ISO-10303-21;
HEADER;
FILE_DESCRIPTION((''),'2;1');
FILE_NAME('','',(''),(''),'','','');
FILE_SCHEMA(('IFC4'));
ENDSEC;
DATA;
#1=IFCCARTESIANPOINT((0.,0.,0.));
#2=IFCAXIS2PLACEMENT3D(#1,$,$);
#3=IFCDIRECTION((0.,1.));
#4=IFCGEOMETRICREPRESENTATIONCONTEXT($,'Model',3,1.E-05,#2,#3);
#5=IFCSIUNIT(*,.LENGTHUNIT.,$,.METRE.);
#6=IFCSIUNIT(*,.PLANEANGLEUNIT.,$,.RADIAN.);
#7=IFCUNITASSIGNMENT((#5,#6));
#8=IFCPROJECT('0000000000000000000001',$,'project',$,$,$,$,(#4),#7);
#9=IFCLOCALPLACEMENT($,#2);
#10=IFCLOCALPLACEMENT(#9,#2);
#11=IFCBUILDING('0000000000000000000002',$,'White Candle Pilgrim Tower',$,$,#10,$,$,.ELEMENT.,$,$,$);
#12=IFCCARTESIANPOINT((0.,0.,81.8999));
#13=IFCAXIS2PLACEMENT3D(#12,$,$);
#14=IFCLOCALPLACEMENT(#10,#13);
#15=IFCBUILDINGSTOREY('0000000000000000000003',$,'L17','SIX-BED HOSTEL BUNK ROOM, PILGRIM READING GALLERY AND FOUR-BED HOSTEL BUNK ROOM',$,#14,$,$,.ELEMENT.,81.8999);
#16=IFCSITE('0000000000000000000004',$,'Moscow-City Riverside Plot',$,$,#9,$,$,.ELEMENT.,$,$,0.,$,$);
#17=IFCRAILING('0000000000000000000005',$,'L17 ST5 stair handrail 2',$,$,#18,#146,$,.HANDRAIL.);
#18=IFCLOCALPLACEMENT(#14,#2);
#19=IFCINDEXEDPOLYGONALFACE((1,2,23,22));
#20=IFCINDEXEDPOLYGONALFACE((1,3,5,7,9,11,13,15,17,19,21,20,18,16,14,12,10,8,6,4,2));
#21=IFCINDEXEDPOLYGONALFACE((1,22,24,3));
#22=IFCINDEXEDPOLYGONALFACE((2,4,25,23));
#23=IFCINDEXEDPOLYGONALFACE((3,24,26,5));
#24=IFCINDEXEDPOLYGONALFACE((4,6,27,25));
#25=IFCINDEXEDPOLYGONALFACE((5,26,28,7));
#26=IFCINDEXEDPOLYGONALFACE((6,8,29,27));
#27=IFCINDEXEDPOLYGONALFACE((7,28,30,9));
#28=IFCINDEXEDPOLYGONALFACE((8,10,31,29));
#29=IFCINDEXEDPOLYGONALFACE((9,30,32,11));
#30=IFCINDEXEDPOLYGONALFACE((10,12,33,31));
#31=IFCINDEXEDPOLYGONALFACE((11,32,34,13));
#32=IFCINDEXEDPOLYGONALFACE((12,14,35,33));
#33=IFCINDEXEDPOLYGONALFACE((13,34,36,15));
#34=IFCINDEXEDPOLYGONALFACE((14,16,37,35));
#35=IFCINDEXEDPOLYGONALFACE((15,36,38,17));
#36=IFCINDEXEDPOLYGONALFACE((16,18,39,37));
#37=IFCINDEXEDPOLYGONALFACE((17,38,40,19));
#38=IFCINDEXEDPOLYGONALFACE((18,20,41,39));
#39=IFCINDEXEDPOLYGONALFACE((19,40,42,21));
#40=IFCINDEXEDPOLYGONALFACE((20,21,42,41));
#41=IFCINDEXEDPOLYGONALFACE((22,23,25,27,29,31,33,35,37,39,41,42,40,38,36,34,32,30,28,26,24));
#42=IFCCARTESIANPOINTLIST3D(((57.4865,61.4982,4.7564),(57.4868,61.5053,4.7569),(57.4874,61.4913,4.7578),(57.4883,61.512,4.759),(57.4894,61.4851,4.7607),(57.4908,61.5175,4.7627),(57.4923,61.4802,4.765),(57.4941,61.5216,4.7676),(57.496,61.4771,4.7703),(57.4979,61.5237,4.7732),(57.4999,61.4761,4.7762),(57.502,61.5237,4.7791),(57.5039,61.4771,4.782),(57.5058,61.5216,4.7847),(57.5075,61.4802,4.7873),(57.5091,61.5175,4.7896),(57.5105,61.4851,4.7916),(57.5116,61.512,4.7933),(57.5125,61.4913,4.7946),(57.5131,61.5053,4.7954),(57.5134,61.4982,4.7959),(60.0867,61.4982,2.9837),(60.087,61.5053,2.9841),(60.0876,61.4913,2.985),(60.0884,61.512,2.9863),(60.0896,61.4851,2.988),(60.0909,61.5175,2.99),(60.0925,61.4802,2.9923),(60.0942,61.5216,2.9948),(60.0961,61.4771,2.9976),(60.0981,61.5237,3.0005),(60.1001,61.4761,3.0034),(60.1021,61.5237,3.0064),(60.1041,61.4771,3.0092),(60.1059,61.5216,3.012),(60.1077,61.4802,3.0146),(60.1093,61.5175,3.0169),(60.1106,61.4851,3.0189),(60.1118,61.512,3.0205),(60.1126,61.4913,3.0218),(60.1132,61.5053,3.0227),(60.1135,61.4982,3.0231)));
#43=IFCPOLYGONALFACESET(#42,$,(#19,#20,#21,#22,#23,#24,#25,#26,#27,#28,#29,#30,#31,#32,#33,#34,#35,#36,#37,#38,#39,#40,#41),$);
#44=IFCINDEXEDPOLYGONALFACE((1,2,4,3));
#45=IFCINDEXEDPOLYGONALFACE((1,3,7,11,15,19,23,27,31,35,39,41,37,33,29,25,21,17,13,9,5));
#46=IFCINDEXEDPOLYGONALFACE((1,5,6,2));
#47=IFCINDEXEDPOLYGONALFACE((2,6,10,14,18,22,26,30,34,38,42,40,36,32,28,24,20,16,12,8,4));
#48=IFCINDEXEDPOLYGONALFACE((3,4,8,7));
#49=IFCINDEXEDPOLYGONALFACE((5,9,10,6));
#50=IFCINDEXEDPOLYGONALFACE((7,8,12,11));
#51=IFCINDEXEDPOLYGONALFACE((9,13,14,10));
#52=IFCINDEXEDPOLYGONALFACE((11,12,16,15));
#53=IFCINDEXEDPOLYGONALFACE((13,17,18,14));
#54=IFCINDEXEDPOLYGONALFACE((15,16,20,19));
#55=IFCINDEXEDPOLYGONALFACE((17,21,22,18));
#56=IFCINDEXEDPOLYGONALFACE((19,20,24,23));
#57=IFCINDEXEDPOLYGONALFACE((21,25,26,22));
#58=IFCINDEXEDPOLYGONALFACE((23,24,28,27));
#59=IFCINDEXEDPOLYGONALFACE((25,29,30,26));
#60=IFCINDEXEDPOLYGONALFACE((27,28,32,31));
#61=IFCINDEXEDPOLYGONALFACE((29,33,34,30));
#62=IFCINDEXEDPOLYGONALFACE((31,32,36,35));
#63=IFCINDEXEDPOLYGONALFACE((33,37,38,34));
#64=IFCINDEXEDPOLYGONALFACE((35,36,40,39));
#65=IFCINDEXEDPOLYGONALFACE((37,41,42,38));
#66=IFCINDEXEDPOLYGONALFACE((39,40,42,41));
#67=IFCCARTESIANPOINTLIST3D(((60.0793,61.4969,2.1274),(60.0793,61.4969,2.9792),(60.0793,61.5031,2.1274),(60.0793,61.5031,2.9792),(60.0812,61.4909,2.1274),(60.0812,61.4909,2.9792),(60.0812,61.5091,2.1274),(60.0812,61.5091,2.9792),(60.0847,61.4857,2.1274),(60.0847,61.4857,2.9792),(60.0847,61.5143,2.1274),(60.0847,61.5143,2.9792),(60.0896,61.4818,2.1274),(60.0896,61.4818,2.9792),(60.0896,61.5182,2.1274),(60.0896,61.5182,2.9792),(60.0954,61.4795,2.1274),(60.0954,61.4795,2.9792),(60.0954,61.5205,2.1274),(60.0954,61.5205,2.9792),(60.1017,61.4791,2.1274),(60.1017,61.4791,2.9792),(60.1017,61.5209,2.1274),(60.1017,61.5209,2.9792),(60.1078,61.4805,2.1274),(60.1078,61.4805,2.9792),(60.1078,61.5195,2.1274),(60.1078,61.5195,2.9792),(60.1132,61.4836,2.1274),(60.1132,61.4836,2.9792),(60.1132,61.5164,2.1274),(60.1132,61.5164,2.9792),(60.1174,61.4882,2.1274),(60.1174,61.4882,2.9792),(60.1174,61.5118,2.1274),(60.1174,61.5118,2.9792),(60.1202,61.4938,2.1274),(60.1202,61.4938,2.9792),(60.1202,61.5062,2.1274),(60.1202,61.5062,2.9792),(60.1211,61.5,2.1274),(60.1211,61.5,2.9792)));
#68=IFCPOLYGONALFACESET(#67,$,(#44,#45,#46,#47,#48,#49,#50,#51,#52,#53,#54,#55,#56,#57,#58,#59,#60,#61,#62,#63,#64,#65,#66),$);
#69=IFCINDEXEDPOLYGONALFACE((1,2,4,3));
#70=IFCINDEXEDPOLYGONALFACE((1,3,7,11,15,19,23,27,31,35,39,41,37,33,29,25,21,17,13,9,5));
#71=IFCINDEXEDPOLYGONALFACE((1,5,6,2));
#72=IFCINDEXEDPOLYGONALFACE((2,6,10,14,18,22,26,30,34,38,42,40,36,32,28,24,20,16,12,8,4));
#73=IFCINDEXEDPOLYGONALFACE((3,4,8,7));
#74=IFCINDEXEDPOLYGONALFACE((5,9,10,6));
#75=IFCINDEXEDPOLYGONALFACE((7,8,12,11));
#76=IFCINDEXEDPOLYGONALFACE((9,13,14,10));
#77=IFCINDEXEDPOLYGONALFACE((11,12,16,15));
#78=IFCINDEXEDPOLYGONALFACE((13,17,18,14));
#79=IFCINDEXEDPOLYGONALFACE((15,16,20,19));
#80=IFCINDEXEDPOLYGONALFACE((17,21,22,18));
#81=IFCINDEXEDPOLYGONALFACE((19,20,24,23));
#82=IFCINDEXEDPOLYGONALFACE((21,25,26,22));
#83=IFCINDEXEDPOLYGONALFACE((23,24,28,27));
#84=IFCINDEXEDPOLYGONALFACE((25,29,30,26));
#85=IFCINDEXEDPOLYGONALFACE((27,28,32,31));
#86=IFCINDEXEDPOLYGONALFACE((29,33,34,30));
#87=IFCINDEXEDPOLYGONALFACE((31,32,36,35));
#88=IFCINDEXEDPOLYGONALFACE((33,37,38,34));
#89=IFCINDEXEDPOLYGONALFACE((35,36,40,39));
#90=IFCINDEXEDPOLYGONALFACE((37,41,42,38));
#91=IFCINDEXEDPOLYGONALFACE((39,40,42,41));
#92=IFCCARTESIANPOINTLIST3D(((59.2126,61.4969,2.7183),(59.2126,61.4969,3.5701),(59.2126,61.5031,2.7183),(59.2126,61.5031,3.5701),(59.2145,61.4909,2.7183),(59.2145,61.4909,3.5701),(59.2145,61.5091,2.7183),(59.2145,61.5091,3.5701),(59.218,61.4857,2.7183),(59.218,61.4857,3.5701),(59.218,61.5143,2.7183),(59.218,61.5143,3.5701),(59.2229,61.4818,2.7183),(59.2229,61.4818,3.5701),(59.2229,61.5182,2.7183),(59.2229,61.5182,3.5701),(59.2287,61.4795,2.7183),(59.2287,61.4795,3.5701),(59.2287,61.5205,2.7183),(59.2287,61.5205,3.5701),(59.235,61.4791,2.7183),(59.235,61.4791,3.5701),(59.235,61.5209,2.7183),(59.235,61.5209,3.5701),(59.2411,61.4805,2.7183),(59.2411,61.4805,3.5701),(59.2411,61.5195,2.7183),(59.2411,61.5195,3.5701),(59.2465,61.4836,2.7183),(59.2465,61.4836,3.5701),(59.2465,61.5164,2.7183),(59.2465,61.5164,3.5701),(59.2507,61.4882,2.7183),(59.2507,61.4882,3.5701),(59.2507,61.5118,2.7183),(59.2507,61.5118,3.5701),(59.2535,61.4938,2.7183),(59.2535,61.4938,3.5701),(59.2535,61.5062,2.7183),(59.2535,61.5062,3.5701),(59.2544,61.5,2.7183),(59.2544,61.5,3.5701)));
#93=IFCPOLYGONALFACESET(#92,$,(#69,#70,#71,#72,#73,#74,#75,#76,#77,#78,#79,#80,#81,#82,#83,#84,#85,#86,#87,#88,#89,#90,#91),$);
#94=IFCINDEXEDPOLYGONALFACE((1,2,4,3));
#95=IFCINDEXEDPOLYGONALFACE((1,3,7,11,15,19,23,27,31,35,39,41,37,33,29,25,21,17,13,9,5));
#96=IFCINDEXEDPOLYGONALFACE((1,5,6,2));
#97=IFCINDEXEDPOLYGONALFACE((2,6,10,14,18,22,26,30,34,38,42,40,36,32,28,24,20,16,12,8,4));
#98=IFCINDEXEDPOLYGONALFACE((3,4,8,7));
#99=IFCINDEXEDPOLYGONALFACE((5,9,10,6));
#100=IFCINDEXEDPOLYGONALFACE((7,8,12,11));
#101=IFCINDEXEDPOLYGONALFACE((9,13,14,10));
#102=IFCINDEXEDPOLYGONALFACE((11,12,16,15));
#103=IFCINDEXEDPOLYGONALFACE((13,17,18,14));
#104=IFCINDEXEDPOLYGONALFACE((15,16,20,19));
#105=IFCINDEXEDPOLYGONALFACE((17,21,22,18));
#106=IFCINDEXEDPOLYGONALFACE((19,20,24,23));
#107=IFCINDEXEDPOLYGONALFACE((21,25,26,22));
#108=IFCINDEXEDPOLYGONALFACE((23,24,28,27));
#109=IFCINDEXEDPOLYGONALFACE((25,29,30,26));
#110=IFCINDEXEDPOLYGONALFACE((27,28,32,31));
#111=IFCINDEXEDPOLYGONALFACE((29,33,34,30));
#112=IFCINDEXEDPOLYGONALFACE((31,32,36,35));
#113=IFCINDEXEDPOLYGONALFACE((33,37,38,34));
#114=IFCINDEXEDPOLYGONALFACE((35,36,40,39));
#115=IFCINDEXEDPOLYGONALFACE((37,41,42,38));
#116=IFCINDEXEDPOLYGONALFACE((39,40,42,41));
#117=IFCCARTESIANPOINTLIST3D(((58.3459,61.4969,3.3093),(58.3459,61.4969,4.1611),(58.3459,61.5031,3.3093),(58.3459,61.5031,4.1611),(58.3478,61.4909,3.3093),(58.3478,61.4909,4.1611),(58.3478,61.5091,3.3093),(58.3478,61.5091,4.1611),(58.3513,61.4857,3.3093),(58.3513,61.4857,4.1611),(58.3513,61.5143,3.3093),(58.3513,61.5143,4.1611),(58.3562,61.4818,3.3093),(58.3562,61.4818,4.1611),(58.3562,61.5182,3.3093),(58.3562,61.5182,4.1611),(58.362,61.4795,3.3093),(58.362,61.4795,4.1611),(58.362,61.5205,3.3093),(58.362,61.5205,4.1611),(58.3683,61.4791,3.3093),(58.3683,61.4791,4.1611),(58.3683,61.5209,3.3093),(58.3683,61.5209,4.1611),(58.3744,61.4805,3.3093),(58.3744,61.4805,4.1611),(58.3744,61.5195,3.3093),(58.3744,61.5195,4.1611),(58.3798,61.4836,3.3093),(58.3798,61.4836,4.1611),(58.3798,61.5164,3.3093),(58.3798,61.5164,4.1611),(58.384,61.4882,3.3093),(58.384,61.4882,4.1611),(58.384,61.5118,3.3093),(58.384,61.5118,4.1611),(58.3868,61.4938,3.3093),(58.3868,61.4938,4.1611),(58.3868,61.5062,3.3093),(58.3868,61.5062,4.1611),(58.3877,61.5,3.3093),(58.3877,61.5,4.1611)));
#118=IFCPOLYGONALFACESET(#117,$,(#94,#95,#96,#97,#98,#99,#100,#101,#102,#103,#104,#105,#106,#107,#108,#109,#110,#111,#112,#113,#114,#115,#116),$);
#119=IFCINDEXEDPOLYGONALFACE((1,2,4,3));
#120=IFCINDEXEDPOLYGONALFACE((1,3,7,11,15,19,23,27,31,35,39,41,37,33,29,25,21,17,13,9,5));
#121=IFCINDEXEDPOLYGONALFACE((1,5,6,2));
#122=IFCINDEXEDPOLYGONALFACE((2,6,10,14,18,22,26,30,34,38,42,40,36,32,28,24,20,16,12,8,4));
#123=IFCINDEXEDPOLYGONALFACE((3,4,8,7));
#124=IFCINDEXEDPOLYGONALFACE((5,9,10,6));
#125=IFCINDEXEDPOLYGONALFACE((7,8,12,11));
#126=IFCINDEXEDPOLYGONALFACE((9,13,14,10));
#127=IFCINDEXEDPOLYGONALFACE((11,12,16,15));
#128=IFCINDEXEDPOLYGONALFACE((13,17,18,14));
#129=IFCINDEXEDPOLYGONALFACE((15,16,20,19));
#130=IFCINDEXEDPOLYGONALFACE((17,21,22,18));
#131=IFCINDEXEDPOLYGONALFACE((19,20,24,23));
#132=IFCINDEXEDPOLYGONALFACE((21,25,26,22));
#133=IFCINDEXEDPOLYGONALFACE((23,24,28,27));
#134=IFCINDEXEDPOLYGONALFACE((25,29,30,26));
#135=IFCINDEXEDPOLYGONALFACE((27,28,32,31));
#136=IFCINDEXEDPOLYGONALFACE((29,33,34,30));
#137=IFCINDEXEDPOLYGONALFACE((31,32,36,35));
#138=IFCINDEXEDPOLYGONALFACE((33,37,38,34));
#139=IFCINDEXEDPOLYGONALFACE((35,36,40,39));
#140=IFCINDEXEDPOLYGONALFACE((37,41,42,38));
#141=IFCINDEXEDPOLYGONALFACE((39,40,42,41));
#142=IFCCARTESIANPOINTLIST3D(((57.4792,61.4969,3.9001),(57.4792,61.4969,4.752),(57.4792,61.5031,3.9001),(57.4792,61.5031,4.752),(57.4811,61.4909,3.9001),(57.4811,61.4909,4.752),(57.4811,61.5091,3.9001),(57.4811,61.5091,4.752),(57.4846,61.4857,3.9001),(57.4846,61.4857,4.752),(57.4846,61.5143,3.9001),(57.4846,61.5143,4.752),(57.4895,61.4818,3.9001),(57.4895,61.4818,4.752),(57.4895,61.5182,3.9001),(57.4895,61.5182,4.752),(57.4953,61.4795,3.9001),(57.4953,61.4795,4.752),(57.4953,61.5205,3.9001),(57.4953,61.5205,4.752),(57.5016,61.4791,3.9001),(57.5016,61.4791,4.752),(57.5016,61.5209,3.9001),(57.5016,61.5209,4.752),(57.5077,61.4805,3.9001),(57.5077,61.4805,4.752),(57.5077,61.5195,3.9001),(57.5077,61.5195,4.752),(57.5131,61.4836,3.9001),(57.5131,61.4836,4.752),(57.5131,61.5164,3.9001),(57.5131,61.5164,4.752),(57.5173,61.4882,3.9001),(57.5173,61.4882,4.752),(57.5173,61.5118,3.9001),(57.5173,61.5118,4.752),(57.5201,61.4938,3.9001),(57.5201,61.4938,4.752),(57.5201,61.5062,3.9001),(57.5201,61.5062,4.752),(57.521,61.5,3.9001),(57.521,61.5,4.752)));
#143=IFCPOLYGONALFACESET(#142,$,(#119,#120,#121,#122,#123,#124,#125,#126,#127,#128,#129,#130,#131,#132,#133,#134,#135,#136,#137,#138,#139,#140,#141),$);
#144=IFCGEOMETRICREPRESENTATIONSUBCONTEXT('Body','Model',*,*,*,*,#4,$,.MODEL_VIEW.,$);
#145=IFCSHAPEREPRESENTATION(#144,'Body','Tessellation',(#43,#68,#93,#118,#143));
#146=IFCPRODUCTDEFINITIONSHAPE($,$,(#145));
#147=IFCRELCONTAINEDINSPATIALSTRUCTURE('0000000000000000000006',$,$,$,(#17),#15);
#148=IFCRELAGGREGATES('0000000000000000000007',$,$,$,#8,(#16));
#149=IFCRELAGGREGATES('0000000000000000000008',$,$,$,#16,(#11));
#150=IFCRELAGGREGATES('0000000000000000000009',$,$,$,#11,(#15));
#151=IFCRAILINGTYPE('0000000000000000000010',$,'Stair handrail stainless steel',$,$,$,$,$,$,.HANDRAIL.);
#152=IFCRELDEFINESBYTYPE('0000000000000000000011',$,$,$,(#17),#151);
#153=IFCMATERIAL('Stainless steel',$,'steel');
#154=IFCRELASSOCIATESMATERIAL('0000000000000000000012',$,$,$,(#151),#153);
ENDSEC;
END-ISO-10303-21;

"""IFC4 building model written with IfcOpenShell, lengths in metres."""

from ifc_helpers import new_model, si_unit, direction, frame, origin, origin_2d, place, context, subcontext, project, spatial, circle, extrude, material, type_object, element, save


model = new_model("IFC4")

# Units and contexts
model_context = context("Model", 3, precision=1e-05, world=origin(), true_north=direction((0.0, 1.0)))
body_context = subcontext(model_context, "Body", "Model", "MODEL_VIEW")
ifc_project = project(units=[si_unit("LENGTHUNIT", "METRE"), si_unit("PLANEANGLEUNIT", "RADIAN")], contexts=[model_context])

# Site, building, storey
site_placement = place(None, origin())
site = spatial("IfcSite", under=ifc_project, at=site_placement, Name="Moscow-City Riverside Plot", CompositionType="ELEMENT", RefElevation=0.0)
building_placement = place(site_placement, origin())
building = spatial("IfcBuilding", under=site, at=building_placement, Name="White Candle Pilgrim Tower", CompositionType="ELEMENT")
storey_placement = place(building_placement, frame((0.0, 0.0, 81.8999)))
storey = spatial("IfcBuildingStorey", under=building, at=storey_placement, Name="L17", Description="SIX-BED HOSTEL BUNK ROOM, PILGRIM READING GALLERY AND FOUR-BED HOSTEL BUNK ROOM", CompositionType="ELEMENT", Elevation=81.8999)

# Railing
ifc_material_1 = material(Name="Stainless steel", Category="steel")
railing_type_1 = type_object("IfcRailingType", Name="Stair handrail stainless steel", PredefinedType="HANDRAIL", material=ifc_material_1)
railing_1_placement = place(storey_placement, frame((60.1001, 61.5, 2.1274)))
element("IfcRailing", 1, at=railing_1_placement, inside=storey, type_object=railing_type_1, Name="L17 ST5 stair handrail 2", PredefinedType="HANDRAIL", context=body_context, shape_type="SweptSolid", body=[
    extrude(circle(Radius=0.0239, at=origin_2d()), frame((0.0, 0.0, 0.876), z_axis=(-0.82624, 0.0, 0.563318), x_axis=(0.0, -1.0, 0.0)), (0.0, 0.0, 1.0), 3.147),
    extrude(circle(Radius=0.021, at=origin_2d()), origin(), (0.0, 0.0, 1.0), 0.8518),
    extrude(circle(Radius=0.021, at=origin_2d()), frame((-0.8667, 0.0, 0.5908)), (0.0, 0.0, 1.0), 0.8518),
    extrude(circle(Radius=0.021, at=origin_2d()), frame((-1.7334, 0.0, 1.1819)), (0.0, 0.0, 1.0), 0.8518),
    extrude(circle(Radius=0.021, at=origin_2d()), frame((-2.6001, 0.0, 1.7727)), (0.0, 0.0, 1.0), 0.8518),
])

save(model, "model.ifc")
